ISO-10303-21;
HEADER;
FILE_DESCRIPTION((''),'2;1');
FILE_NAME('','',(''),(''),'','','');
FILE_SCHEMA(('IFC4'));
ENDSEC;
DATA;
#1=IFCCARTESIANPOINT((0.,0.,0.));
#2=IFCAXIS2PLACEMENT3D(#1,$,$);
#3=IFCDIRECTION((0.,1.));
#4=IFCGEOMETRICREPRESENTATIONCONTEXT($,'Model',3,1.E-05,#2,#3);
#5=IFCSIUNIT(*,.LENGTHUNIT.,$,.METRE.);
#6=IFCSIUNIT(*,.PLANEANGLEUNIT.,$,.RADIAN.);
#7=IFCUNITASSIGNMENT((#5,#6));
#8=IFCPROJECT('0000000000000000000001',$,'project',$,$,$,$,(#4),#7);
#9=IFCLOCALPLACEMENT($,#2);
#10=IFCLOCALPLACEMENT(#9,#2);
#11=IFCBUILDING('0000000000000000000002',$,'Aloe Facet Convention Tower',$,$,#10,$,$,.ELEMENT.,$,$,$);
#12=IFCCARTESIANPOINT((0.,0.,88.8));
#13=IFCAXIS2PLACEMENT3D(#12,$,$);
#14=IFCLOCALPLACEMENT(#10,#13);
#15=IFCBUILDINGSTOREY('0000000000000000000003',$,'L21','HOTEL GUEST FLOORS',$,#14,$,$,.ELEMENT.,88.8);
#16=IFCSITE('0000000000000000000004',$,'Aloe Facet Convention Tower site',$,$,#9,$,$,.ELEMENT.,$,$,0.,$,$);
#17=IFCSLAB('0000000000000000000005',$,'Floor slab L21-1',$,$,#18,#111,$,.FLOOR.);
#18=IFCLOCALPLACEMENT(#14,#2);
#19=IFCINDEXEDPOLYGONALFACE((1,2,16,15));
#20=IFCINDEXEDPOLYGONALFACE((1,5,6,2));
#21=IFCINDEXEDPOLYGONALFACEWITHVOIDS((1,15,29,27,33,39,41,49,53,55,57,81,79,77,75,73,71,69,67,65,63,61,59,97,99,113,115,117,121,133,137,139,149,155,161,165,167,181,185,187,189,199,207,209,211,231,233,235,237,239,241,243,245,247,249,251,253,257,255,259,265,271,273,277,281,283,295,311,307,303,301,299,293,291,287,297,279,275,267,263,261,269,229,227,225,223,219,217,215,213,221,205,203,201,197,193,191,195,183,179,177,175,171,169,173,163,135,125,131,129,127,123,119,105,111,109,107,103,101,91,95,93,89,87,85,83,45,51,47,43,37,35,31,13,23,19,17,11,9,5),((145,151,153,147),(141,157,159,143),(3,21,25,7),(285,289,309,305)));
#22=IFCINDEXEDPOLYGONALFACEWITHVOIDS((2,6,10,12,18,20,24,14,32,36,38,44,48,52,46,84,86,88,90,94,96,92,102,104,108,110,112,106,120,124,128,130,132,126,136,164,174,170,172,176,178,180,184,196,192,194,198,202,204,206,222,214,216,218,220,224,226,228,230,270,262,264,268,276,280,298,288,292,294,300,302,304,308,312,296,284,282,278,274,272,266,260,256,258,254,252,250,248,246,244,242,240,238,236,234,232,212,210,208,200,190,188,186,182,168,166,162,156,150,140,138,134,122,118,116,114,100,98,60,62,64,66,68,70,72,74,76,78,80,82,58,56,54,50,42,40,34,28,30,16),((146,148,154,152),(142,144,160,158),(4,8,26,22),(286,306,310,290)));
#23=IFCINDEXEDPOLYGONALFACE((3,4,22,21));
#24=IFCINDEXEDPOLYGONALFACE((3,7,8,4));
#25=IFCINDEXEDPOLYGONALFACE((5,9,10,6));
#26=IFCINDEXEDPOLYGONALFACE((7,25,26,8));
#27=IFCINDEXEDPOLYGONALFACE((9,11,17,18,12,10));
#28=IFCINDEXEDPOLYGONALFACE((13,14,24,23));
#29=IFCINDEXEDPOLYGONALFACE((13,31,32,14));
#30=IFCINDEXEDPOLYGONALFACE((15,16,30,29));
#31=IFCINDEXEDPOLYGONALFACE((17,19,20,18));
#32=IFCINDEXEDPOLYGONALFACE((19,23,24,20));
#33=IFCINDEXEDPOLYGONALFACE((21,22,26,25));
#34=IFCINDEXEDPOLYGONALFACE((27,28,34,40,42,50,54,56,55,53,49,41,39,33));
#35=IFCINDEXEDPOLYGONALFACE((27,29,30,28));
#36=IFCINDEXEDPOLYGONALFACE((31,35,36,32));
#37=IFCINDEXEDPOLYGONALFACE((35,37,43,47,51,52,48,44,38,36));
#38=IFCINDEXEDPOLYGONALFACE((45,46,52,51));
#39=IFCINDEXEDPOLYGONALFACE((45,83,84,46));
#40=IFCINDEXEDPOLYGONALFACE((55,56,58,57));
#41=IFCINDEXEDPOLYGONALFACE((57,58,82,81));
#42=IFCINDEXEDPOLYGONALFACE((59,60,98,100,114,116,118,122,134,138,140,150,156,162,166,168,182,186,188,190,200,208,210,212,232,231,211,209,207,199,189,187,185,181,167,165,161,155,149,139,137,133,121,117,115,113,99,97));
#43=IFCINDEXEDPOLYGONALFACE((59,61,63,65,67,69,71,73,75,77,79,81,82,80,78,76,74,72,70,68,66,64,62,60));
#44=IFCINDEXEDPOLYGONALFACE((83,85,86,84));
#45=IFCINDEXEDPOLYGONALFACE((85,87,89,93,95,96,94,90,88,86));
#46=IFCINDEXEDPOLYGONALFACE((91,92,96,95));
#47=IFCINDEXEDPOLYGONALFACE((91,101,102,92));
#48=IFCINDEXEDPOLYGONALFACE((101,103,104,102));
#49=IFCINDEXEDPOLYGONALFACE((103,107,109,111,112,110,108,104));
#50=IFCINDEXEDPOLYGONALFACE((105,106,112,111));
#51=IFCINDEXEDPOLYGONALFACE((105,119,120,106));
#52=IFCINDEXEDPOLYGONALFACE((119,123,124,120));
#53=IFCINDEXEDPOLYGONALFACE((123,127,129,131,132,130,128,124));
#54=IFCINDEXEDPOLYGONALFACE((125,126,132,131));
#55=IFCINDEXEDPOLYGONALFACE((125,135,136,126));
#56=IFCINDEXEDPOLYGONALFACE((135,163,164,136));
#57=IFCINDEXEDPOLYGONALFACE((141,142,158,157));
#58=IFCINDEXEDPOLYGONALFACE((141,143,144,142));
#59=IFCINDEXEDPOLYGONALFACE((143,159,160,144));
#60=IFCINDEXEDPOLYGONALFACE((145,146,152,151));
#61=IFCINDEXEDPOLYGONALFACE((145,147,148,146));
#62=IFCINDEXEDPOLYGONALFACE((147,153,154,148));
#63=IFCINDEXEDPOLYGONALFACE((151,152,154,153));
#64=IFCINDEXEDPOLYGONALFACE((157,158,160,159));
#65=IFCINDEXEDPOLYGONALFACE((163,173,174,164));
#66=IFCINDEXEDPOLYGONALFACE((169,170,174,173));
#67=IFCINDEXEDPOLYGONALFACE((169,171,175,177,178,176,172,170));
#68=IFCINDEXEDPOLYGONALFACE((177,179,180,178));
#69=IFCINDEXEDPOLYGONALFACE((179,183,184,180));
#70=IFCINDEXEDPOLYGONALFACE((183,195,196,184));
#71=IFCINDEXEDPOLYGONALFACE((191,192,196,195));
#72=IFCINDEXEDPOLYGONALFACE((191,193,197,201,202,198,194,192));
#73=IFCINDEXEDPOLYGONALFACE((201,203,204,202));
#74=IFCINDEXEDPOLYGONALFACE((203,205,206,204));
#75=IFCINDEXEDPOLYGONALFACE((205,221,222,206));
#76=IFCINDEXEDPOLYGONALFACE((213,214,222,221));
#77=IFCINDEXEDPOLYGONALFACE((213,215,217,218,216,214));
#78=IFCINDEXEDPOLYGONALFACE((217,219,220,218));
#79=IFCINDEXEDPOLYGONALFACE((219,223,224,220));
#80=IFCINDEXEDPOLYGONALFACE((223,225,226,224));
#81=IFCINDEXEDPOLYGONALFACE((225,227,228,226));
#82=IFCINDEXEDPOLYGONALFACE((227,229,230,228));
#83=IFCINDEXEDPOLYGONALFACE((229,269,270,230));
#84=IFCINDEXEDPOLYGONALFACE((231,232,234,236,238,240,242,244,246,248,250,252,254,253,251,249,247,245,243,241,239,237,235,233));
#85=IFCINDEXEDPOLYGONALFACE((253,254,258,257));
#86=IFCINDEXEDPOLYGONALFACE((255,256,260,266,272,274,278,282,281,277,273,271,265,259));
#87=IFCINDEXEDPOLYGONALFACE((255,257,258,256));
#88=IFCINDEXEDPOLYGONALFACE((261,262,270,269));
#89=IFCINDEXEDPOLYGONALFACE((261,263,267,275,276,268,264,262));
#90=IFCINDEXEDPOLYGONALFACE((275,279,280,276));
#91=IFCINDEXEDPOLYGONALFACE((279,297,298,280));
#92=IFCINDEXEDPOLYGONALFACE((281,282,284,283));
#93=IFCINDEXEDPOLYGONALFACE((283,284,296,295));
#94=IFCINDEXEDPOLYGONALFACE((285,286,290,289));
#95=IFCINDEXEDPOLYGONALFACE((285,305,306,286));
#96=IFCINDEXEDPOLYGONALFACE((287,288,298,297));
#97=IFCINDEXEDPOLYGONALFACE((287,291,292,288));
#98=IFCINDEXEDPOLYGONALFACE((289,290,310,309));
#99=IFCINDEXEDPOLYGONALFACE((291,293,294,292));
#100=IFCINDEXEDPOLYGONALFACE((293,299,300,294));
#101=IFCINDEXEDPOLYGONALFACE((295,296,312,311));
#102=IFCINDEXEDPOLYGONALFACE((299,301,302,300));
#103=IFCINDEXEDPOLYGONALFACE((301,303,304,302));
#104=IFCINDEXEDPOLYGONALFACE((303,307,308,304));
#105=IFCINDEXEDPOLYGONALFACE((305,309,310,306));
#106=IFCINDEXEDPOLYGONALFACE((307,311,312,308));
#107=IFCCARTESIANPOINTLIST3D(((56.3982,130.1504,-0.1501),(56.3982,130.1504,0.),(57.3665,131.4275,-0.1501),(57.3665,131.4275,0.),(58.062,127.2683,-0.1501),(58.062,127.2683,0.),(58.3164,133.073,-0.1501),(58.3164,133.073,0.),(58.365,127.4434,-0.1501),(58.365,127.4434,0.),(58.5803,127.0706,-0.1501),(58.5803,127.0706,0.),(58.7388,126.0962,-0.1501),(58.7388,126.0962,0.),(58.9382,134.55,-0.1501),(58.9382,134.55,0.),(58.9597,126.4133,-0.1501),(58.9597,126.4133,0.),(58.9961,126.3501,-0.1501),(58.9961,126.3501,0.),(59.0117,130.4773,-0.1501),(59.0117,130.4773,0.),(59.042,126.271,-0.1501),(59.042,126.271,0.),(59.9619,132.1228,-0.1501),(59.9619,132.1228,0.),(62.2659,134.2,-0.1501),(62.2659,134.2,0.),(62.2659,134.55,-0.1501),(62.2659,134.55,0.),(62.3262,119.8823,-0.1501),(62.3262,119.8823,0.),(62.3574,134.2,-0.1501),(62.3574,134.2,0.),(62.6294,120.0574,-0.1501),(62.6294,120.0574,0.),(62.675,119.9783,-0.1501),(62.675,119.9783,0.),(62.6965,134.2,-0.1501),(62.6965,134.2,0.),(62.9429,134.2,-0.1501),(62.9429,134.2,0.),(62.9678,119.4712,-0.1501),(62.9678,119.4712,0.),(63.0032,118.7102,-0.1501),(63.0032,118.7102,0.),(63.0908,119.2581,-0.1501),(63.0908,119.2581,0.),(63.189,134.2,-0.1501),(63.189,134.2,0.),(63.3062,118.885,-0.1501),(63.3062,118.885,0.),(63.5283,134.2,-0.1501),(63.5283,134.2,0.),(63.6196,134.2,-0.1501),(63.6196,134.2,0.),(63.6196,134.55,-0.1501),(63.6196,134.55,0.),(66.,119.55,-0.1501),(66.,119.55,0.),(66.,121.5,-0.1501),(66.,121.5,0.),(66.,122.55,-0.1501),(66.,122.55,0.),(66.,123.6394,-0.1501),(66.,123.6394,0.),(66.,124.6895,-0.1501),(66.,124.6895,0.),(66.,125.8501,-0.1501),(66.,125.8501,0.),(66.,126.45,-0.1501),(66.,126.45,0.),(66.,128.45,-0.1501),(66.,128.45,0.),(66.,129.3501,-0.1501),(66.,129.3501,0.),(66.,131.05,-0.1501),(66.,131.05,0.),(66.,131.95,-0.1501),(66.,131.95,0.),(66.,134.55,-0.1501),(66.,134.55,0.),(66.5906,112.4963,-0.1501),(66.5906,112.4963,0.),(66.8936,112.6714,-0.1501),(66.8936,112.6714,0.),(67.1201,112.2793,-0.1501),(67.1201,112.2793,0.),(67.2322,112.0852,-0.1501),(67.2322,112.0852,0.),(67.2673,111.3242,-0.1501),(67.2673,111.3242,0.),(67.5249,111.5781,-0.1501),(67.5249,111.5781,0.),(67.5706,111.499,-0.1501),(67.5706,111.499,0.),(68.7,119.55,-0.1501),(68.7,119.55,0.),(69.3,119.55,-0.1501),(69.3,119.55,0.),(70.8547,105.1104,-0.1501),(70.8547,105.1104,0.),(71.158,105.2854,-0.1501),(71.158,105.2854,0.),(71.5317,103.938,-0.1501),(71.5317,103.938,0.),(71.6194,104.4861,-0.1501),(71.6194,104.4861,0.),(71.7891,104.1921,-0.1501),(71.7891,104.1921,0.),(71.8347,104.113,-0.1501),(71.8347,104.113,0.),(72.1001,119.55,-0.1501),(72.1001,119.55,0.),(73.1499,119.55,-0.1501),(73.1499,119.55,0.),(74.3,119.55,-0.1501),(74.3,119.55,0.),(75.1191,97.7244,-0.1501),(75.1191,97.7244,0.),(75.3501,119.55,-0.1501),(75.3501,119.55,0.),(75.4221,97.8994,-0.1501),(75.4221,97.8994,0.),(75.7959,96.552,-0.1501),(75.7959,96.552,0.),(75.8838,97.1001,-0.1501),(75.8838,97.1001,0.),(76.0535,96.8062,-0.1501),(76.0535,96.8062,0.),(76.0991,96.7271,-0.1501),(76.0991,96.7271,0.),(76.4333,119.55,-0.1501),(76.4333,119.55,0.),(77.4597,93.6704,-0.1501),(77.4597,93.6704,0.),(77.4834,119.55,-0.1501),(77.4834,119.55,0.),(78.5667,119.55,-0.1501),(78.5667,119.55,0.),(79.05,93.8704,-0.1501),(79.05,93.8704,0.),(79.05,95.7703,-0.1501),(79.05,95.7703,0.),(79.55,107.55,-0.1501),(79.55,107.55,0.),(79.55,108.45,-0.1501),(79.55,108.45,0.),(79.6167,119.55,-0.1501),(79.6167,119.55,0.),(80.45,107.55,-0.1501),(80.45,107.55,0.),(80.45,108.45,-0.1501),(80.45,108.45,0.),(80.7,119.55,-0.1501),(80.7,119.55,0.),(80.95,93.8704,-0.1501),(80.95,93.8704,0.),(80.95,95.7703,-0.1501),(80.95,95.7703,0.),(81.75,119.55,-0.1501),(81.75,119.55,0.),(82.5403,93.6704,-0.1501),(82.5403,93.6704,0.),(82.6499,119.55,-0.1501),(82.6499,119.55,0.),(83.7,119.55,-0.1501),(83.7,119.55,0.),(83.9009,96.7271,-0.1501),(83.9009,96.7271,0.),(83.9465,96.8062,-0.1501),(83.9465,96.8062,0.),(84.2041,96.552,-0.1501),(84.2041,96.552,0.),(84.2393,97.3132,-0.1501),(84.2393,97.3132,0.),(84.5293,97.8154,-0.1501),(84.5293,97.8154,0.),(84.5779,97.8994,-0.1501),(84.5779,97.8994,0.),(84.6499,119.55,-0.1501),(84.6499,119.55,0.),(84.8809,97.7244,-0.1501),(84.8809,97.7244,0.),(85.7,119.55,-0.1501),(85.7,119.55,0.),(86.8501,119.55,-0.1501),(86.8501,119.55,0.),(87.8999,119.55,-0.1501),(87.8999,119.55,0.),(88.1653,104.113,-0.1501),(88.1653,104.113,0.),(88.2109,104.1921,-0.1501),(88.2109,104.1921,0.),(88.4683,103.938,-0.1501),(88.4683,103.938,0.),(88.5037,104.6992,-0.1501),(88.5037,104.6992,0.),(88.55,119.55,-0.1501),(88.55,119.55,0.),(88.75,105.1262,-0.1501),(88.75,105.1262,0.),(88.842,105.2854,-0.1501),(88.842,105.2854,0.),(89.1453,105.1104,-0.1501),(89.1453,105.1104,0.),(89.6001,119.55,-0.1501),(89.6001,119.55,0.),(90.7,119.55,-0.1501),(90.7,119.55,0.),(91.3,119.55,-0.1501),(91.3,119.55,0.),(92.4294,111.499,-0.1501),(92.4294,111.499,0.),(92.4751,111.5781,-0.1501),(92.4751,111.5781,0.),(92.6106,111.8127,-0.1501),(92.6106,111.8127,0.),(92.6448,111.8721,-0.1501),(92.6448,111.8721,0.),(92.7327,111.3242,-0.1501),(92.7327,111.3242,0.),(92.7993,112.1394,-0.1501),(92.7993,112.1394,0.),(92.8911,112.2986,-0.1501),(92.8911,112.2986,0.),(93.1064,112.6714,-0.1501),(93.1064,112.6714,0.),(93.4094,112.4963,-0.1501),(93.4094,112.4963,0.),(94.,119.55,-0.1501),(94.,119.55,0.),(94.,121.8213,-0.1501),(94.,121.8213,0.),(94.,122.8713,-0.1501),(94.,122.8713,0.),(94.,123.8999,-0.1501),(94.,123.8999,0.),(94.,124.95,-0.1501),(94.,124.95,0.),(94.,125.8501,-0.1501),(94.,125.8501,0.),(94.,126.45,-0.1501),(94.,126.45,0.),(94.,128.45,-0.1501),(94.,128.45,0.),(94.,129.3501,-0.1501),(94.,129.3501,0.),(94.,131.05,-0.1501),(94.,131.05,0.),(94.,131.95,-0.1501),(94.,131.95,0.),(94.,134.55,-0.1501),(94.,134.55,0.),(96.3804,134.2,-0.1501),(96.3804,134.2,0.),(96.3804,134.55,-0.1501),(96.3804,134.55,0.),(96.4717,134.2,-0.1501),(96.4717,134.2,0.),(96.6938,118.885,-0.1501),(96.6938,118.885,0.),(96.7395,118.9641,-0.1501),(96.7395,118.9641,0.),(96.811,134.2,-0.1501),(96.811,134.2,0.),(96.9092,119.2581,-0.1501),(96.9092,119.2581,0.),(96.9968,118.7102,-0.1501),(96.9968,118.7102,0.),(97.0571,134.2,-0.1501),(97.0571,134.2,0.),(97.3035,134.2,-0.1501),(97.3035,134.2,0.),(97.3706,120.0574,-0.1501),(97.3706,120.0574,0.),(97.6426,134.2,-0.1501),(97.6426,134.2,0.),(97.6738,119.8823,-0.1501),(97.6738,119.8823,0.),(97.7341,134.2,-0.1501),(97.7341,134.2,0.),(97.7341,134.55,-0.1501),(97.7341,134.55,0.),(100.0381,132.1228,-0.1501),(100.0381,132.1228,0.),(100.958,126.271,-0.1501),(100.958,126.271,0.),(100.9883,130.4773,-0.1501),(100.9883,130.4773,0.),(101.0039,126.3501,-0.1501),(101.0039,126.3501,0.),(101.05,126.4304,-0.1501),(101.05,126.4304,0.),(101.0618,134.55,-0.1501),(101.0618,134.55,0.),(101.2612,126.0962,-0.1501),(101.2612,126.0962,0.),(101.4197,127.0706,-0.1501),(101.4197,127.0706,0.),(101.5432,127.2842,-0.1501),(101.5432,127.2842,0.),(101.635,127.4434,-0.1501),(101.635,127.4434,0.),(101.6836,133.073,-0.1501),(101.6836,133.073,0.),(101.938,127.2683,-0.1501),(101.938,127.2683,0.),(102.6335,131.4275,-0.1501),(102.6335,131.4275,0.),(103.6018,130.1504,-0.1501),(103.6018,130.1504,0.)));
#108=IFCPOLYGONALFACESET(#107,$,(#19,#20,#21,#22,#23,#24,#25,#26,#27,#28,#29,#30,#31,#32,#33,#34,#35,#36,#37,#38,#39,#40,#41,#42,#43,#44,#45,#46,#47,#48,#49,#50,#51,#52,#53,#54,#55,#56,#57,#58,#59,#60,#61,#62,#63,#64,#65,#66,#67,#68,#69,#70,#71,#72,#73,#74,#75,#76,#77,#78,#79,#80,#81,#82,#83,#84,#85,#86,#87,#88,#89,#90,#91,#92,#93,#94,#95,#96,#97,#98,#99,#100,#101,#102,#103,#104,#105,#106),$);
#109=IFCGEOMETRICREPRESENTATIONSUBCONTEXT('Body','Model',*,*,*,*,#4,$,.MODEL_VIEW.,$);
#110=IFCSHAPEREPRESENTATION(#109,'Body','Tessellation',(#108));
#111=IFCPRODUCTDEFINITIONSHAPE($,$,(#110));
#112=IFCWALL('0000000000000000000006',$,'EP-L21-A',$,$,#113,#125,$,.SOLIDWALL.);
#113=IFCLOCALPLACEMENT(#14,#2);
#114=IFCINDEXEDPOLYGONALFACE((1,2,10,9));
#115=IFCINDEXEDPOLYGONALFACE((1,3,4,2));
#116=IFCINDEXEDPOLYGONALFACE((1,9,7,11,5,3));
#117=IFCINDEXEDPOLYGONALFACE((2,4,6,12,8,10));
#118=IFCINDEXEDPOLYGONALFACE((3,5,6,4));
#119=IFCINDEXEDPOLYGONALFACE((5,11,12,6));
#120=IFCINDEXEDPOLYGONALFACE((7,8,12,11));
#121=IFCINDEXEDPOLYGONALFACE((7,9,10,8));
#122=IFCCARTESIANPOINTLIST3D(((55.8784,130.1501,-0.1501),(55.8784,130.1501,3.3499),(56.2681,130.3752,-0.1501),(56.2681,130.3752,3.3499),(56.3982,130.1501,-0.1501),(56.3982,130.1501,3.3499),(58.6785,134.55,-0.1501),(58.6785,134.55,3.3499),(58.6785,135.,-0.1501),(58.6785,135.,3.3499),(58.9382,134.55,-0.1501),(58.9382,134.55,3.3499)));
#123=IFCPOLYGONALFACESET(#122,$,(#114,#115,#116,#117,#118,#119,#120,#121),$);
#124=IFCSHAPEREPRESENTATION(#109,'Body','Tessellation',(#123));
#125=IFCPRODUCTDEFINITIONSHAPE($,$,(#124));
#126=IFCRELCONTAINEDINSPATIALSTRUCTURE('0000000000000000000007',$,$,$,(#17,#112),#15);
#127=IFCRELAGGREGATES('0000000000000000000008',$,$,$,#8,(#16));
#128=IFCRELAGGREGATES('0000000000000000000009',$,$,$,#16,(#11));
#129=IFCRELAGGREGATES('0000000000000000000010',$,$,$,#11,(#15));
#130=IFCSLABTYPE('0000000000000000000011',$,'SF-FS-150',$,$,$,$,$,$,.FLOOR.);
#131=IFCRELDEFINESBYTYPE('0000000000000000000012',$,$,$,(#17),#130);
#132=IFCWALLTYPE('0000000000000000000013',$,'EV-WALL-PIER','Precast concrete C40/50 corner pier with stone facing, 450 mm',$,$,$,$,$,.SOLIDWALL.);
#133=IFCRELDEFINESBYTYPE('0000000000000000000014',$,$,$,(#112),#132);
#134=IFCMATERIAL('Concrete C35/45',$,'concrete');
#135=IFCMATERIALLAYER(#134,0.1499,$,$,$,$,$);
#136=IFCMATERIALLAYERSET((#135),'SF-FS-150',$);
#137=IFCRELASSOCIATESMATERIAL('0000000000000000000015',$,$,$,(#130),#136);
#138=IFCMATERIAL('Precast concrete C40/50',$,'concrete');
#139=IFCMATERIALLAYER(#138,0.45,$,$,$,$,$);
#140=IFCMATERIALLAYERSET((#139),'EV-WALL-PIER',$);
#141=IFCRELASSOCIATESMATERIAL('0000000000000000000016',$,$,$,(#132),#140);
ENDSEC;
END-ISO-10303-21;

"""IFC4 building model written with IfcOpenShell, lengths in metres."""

from ifc_helpers import new_model, si_unit, direction, frame, origin, place, context, subcontext, project, spatial, polyline, outline, extrude, material, layer, layer_set, type_object, element, save


model = new_model("IFC4")

# Units and contexts
model_context = context("Model", 3, precision=1e-05, world=origin(), true_north=direction((0.0, 1.0)))
body_context = subcontext(model_context, "Body", "Model", "MODEL_VIEW")
ifc_project = project(units=[si_unit("LENGTHUNIT", "METRE"), si_unit("PLANEANGLEUNIT", "RADIAN")], contexts=[model_context])

# Site, building, storey
site_placement = place(None, origin())
site = spatial("IfcSite", under=ifc_project, at=site_placement, Name="Aloe Facet Convention Tower site", CompositionType="ELEMENT", RefElevation=0.0)
building_placement = place(site_placement, origin())
building = spatial("IfcBuilding", under=site, at=building_placement, Name="Aloe Facet Convention Tower", CompositionType="ELEMENT")
storey_placement = place(building_placement, frame((0.0, 0.0, 88.8)))
storey = spatial("IfcBuildingStorey", under=building, at=storey_placement, Name="L21", Description="HOTEL GUEST FLOORS", CompositionType="ELEMENT", Elevation=88.8)

# Slab
ifc_material_1 = material(Name="Concrete C35/45", Category="concrete")
ifc_layer_1 = layer(ifc_material_1, 0.1499)
ifc_layer_set_1 = layer_set([ifc_layer_1], Name="SF-FS-150")
slab_type_1 = type_object("IfcSlabType", Name="SF-FS-150", PredefinedType="FLOOR", material=ifc_layer_set_1)
slab_1_placement = place(storey_placement, frame((0.0, 0.0, -0.1501)))
element("IfcSlab", 1, at=slab_1_placement, inside=storey, type_object=slab_type_1, Name="Floor slab L21-1", PredefinedType="FLOOR", context=body_context, shape_type="SweptSolid", body=[
    extrude(outline(polyline([(103.6018, 130.1504), (101.938, 127.2683), (101.635, 127.4434), (101.5432, 127.2842), (101.4197, 127.0706), (101.05, 126.4304), (101.0039, 126.3501), (100.958, 126.271), (101.2612, 126.0962), (97.6738, 119.8823), (97.3706, 120.0574), (96.9092, 119.2581), (96.7395, 118.9641), (96.6938, 118.885), (96.9968, 118.7102), (93.4094, 112.4963), (93.1064, 112.6714), (92.8911, 112.2986), (92.7993, 112.1394), (92.6448, 111.8721), (92.6448, 111.8721), (92.6106, 111.8127), (92.4751, 111.5781), (92.4294, 111.499), (92.7327, 111.3242), (89.1453, 105.1104), (88.842, 105.2854), (88.75, 105.1262), (88.5037, 104.6992), (88.2109, 104.1921), (88.1653, 104.113), (88.4683, 103.938), (84.8809, 97.7244), (84.5779, 97.8994), (84.5293, 97.8154), (84.2393, 97.3132), (83.9465, 96.8062), (83.9009, 96.7271), (84.2041, 96.552), (82.5403, 93.6704), (77.4597, 93.6704), (75.7959, 96.552), (76.0991, 96.7271), (76.0535, 96.8062), (75.8838, 97.1001), (75.4221, 97.8994), (75.1191, 97.7244), (71.5317, 103.938), (71.8347, 104.113), (71.7891, 104.1921), (71.6194, 104.4861), (71.158, 105.2854), (70.8547, 105.1104), (67.2673, 111.3242), (67.5706, 111.499), (67.5249, 111.5781), (67.2322, 112.0852), (67.1201, 112.2793), (66.8936, 112.6714), (66.5906, 112.4963), (63.0032, 118.7102), (63.3062, 118.885), (63.0908, 119.2581), (62.9678, 119.4712), (62.675, 119.9783), (62.6294, 120.0574), (62.3262, 119.8823), (58.7388, 126.0962), (59.042, 126.271), (58.9961, 126.3501), (58.9597, 126.4133), (58.5803, 127.0706), (58.365, 127.4434), (58.062, 127.2683), (56.3982, 130.1504), (58.9382, 134.55), (62.2659, 134.55), (62.2659, 134.2), (62.3574, 134.2), (62.6965, 134.2), (62.9429, 134.2), (63.189, 134.2), (63.5283, 134.2), (63.6196, 134.2), (63.6196, 134.55), (66.0, 134.55), (66.0, 131.95), (66.0, 131.05), (66.0, 129.3501), (66.0, 128.45), (66.0, 126.45), (66.0, 125.8501), (66.0, 124.6895), (66.0, 123.6394), (66.0, 122.55), (66.0, 121.5), (66.0, 119.55), (68.7, 119.55), (69.3, 119.55), (72.1001, 119.55), (73.1499, 119.55), (74.3, 119.55), (75.3501, 119.55), (76.4333, 119.55), (77.4834, 119.55), (78.5667, 119.55), (79.6167, 119.55), (80.7, 119.55), (81.75, 119.55), (82.6499, 119.55), (83.7, 119.55), (84.6499, 119.55), (85.7, 119.55), (86.8501, 119.55), (87.8999, 119.55), (88.55, 119.55), (89.6001, 119.55), (90.7, 119.55), (91.3, 119.55), (94.0, 119.55), (94.0, 121.8213), (94.0, 122.8713), (94.0, 123.8999), (94.0, 124.95), (94.0, 125.8501), (94.0, 126.45), (94.0, 128.45), (94.0, 129.3501), (94.0, 131.05), (94.0, 131.95), (94.0, 134.55), (96.3804, 134.55), (96.3804, 134.2), (96.4717, 134.2), (96.811, 134.2), (97.0571, 134.2), (97.3035, 134.2), (97.6426, 134.2), (97.7341, 134.2), (97.7341, 134.55), (101.0618, 134.55), (103.6018, 130.1504)]), holes=[polyline([(59.9619, 132.1228), (58.3164, 133.073), (57.3665, 131.4275), (59.0117, 130.4773), (59.9619, 132.1228)]), polyline([(79.05, 95.7703), (79.05, 93.8704), (80.95, 93.8704), (80.95, 95.7703), (79.05, 95.7703)]), polyline([(79.55, 107.55), (80.45, 107.55), (80.45, 108.45), (79.55, 108.45), (79.55, 107.55)]), polyline([(100.9883, 130.4773), (102.6335, 131.4275), (101.6836, 133.073), (100.0381, 132.1228), (100.9883, 130.4773)])]), origin(), (0.0, 0.0, 1.0), 0.1501),
])

# Wall
ifc_material_2 = material(Name="Precast concrete C40/50", Category="concrete")
ifc_layer_2 = layer(ifc_material_2, 0.45)
ifc_layer_set_2 = layer_set([ifc_layer_2], Name="EV-WALL-PIER")
wall_type_1 = type_object("IfcWallType", Name="EV-WALL-PIER", Description="Precast concrete C40/50 corner pier with stone facing, 450 mm", PredefinedType="SOLIDWALL", material=ifc_layer_set_2)
wall_1_placement = place(storey_placement, frame((0.0, 0.0, -0.1501)))
element("IfcWall", 2, at=wall_1_placement, inside=storey, type_object=wall_type_1, Name="EP-L21-A", PredefinedType="SOLIDWALL", context=body_context, shape_type="SweptSolid", body=[
    extrude(outline(polyline([(58.6785, 135.0), (58.6785, 134.55), (58.9382, 134.55), (56.3982, 130.1501), (56.2681, 130.3752), (55.8784, 130.1501), (58.6785, 135.0)])), origin(), (0.0, 0.0, 1.0), 3.5),
])

save(model, "model.ifc")
